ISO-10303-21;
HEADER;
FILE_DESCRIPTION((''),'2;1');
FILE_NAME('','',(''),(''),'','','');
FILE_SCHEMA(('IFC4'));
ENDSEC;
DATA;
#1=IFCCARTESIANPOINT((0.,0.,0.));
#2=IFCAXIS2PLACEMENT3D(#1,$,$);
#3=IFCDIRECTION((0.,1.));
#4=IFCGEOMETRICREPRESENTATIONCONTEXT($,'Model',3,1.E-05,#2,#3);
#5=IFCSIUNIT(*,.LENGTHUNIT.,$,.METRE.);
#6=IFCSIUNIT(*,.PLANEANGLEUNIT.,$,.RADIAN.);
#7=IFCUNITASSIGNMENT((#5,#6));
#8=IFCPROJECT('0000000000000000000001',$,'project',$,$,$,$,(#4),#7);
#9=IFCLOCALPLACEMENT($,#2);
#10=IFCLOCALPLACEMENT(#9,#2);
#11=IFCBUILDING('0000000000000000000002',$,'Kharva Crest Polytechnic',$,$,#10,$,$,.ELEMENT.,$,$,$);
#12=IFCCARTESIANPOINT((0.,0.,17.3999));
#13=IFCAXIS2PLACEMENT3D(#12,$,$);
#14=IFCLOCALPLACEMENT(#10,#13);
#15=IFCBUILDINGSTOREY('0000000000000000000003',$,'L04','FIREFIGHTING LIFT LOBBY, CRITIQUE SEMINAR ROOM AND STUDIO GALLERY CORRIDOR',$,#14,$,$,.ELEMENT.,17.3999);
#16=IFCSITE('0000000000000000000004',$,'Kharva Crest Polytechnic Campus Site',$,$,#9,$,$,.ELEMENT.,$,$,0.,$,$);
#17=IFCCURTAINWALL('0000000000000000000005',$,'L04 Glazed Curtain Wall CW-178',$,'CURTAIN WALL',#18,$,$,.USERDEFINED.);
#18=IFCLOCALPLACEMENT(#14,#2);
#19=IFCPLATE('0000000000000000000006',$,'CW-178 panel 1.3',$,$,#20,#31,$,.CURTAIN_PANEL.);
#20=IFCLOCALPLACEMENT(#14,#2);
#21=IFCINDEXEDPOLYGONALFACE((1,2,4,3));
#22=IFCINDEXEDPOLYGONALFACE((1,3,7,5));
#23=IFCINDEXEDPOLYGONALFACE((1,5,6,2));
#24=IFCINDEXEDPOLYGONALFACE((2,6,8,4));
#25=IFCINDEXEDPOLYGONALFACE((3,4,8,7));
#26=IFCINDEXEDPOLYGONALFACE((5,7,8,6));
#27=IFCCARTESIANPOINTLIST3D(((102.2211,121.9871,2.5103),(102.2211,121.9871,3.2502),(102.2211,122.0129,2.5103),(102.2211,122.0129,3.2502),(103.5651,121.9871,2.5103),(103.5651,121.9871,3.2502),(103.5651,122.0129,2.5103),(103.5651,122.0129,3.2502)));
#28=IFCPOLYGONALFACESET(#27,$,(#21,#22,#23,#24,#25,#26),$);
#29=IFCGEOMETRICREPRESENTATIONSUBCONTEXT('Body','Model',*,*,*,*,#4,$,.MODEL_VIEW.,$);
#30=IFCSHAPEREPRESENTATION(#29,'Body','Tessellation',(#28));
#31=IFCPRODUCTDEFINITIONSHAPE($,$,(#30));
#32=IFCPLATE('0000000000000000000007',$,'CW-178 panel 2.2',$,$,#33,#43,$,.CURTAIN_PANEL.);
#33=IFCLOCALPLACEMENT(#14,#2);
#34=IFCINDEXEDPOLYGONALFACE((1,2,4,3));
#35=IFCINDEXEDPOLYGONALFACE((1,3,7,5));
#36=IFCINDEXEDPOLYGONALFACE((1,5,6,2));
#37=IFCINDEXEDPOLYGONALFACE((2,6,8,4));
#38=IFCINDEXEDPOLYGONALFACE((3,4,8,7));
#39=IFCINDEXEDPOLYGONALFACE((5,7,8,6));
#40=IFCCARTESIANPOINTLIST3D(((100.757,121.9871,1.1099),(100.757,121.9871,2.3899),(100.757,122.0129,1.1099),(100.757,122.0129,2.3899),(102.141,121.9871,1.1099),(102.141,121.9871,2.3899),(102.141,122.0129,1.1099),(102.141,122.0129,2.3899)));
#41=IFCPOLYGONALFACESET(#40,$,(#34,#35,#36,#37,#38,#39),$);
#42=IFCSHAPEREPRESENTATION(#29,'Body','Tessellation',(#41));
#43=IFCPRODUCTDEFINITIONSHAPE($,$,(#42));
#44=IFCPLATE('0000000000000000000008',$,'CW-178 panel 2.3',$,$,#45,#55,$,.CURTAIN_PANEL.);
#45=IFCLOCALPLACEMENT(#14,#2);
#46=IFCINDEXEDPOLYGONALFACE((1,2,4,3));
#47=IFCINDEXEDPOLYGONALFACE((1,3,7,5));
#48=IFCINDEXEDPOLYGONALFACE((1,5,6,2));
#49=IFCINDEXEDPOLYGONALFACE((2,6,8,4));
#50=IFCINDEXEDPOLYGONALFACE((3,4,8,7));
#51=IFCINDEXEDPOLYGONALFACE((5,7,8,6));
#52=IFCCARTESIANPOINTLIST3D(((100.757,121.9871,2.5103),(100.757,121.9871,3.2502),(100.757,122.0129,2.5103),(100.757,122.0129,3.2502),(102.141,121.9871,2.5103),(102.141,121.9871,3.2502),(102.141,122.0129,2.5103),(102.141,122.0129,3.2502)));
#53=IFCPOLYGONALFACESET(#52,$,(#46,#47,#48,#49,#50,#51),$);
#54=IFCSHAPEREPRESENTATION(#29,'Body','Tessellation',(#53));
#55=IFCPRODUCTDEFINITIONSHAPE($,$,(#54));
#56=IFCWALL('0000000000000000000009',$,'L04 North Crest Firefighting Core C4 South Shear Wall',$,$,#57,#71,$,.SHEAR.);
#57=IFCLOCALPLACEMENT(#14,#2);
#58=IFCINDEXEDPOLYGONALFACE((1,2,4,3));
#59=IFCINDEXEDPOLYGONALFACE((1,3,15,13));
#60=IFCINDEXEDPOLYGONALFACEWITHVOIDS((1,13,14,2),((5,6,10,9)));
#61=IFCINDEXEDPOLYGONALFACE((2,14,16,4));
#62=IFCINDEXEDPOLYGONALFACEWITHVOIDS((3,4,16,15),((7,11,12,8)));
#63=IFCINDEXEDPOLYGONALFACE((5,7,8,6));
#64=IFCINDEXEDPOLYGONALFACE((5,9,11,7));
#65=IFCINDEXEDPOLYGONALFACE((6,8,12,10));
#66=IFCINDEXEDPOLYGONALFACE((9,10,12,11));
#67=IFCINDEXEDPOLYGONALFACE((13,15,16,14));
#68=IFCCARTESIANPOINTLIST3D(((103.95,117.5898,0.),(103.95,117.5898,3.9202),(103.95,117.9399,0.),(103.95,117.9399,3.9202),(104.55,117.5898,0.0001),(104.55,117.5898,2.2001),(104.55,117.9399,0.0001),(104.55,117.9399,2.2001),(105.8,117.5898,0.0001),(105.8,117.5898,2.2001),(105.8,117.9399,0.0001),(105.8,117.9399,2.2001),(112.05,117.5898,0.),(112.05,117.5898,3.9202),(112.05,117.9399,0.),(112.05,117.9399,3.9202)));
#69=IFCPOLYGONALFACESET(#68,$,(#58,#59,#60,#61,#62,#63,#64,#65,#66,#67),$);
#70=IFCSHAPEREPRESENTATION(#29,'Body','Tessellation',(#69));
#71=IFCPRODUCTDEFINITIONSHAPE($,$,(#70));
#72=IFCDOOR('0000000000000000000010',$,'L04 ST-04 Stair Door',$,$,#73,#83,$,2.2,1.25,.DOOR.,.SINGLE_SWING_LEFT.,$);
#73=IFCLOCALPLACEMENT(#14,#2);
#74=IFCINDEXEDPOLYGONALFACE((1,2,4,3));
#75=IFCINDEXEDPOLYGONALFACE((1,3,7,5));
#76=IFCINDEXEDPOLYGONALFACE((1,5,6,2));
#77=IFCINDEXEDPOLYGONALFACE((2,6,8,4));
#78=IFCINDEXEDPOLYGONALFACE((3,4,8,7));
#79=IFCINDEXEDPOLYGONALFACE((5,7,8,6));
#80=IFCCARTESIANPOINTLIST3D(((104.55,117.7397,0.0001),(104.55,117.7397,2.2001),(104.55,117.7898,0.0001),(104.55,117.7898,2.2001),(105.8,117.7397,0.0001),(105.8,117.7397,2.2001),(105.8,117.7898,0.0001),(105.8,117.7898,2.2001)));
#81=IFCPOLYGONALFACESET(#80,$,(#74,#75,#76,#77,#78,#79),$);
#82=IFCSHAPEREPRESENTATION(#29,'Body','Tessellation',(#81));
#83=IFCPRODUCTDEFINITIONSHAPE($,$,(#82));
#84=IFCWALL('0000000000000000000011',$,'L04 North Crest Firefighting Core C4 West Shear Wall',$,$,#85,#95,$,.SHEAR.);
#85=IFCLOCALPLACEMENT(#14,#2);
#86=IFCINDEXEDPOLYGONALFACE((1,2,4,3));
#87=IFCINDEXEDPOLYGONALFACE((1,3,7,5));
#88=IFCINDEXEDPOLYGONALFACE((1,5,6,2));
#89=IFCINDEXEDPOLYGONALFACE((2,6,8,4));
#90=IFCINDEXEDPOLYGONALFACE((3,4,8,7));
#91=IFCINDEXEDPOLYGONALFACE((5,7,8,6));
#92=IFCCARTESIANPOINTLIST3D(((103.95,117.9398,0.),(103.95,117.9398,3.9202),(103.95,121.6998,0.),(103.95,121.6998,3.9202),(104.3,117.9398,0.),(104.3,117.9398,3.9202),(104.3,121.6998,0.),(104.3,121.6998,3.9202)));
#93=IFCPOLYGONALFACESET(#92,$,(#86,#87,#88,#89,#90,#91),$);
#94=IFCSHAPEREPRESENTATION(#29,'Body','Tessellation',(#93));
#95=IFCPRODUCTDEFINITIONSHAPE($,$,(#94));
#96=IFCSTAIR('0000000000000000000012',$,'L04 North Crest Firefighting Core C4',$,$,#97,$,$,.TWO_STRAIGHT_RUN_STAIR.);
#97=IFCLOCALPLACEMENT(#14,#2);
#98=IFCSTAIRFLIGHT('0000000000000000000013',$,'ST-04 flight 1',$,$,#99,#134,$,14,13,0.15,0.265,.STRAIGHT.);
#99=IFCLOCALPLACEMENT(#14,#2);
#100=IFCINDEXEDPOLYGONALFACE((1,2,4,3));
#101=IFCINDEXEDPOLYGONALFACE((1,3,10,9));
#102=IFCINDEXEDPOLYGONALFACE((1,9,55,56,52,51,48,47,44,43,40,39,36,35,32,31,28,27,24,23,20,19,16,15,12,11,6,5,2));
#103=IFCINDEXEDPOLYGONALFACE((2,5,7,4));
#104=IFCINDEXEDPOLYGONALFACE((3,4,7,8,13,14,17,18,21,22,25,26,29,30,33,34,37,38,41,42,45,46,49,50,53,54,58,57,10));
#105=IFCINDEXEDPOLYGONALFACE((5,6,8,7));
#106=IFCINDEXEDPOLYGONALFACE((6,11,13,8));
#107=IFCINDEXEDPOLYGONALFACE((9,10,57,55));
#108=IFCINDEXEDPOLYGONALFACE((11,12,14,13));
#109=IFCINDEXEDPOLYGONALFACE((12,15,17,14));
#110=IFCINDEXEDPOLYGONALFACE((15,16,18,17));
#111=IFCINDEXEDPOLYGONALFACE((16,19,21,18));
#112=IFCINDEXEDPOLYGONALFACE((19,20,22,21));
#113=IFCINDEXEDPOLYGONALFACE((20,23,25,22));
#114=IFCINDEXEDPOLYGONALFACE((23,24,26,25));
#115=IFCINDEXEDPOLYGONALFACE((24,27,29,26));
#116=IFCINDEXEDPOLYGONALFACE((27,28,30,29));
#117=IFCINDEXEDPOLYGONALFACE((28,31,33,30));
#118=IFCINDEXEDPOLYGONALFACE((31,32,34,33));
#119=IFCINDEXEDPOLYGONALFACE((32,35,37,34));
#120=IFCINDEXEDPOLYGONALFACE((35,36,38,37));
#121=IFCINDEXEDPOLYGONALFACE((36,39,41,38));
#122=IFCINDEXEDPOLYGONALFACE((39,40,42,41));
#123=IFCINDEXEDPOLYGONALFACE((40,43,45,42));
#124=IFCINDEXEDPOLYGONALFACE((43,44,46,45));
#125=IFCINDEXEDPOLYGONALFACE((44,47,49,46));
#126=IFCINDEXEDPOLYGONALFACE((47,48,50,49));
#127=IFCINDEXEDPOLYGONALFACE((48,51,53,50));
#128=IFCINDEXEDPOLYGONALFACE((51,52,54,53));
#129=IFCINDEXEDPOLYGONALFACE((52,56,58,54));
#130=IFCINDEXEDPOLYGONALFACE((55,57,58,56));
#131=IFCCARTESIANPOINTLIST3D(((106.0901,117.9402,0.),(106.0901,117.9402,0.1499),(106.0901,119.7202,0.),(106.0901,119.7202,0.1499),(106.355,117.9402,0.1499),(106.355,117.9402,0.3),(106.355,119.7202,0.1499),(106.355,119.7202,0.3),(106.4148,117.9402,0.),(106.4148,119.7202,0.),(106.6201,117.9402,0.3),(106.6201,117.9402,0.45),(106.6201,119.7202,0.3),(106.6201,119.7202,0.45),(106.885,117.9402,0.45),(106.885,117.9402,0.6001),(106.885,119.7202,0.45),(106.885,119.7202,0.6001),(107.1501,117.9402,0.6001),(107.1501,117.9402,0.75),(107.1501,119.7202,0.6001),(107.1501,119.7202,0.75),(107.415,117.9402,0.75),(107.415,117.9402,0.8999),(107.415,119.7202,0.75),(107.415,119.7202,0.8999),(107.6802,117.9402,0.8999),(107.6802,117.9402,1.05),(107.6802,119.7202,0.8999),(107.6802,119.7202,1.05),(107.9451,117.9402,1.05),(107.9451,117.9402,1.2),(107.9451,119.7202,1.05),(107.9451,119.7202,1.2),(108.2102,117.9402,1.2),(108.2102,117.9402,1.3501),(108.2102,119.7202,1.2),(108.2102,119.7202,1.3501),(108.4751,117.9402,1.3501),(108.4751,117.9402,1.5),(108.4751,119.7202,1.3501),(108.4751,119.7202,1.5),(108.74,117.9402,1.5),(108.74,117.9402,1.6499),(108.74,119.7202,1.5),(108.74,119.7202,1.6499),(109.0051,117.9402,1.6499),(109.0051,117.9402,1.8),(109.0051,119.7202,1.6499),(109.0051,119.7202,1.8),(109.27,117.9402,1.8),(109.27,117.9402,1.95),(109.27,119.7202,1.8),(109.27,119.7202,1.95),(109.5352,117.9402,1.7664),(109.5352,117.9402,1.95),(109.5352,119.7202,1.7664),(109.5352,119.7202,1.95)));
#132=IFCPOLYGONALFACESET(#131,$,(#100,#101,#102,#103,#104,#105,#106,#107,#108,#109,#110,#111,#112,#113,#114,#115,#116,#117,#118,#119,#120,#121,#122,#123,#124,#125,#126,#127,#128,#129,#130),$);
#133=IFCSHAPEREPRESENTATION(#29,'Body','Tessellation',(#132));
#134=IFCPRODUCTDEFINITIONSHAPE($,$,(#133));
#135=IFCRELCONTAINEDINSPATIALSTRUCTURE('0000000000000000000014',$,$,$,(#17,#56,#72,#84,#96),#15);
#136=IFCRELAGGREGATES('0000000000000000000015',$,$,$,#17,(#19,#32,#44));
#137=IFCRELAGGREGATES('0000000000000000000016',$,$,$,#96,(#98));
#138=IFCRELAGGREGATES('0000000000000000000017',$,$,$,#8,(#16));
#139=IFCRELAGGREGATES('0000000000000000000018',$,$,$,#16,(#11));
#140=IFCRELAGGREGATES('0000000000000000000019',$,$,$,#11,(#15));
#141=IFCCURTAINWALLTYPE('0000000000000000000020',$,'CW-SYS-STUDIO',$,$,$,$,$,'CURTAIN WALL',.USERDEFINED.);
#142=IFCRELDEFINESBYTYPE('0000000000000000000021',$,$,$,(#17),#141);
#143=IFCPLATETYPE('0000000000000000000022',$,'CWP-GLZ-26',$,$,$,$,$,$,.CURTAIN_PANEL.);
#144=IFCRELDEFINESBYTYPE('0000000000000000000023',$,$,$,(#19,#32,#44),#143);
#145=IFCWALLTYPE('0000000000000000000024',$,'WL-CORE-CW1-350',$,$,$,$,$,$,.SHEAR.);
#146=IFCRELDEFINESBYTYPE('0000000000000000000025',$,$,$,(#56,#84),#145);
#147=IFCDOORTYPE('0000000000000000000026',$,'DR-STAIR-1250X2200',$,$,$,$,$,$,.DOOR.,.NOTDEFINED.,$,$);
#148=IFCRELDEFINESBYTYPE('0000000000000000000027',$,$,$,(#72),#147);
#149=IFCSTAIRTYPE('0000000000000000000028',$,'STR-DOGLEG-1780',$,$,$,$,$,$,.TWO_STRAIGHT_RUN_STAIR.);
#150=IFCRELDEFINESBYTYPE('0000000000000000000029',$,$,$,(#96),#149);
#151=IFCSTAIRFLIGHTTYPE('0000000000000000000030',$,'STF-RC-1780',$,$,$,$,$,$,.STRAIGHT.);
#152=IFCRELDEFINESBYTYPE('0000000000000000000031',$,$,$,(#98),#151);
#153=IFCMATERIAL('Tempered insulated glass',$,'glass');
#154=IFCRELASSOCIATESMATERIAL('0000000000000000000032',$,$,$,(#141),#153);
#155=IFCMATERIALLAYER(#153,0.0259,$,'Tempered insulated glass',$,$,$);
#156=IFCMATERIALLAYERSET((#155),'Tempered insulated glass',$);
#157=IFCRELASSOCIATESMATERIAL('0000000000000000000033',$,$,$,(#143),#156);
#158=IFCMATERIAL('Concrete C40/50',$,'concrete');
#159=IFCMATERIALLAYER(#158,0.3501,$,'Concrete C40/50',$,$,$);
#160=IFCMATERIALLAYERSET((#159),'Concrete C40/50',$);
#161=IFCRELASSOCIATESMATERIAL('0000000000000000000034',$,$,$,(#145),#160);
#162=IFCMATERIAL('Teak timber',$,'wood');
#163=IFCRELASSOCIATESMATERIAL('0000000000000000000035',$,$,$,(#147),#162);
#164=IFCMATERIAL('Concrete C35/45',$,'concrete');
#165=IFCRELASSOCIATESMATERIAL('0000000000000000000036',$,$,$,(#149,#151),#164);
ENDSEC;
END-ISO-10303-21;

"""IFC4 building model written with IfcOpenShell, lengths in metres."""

from ifc_helpers import new_model, si_unit, direction, frame, frame_2d, origin, origin_2d, place, context, subcontext, project, spatial, polyline, rectangle, outline, extrude, material, layer, layer_set, type_object, element, fill, aggregate, save


model = new_model("IFC4")

# Units and contexts
model_context = context("Model", 3, precision=1e-05, world=origin(), true_north=direction((0.0, 1.0)))
body_context = subcontext(model_context, "Body", "Model", "MODEL_VIEW")
ifc_project = project(units=[si_unit("LENGTHUNIT", "METRE"), si_unit("PLANEANGLEUNIT", "RADIAN")], contexts=[model_context])

# Site, building, storey
site_placement = place(None, origin())
site = spatial("IfcSite", under=ifc_project, at=site_placement, Name="Kharva Crest Polytechnic Campus Site", CompositionType="ELEMENT", RefElevation=0.0)
building_placement = place(site_placement, origin())
building = spatial("IfcBuilding", under=site, at=building_placement, Name="Kharva Crest Polytechnic", CompositionType="ELEMENT")
storey_placement = place(building_placement, frame((0.0, 0.0, 17.3999)))
storey = spatial("IfcBuildingStorey", under=building, at=storey_placement, Name="L04", Description="FIREFIGHTING LIFT LOBBY, CRITIQUE SEMINAR ROOM AND STUDIO GALLERY CORRIDOR", CompositionType="ELEMENT", Elevation=17.3999)

# Shared definitions
ifc_material_1 = material(Name="Concrete C40/50", Category="concrete")

# Shared definitions
ifc_material_2 = material(Name="Concrete C35/45", Category="concrete")

# Curtain wall, plates
ifc_material_3 = material(Name="Tempered insulated glass", Category="glass")
curtain_wall_type = type_object("IfcCurtainWallType", Name="CW-SYS-STUDIO", ElementType="CURTAIN WALL", PredefinedType="USERDEFINED", material=ifc_material_3)
curtain_wall_placement = place(storey_placement, origin())
curtain_wall = element("IfcCurtainWall", 1, at=curtain_wall_placement, inside=storey, type_object=curtain_wall_type, Name="L04 Glazed Curtain Wall CW-178", ObjectType="CURTAIN WALL", PredefinedType="USERDEFINED")
ifc_layer_1 = layer(ifc_material_3, 0.0259, Name="Tempered insulated glass")
ifc_layer_set_1 = layer_set([ifc_layer_1], Name="Tempered insulated glass")
plate_type = type_object("IfcPlateType", Name="CWP-GLZ-26", PredefinedType="CURTAIN_PANEL", material=ifc_layer_set_1)
plate_1_placement = place(storey_placement, frame((102.8931, 122.0, 2.5103), z_axis=(0.0, 0.0, 1.0), x_axis=(-1.0, 0.0, 0.0)))
plate_1 = element("IfcPlate", 2, at=plate_1_placement, type_object=plate_type, Name="CW-178 panel 1.3", PredefinedType="CURTAIN_PANEL", context=body_context, shape_type="SweptSolid", body=[
    extrude(rectangle(XDim=1.344, YDim=0.0259, at=origin_2d()), origin(), (0.0, 0.0, 1.0), 0.74),
])
plate_2_placement = place(storey_placement, frame((101.449, 122.0, 1.1099), z_axis=(0.0, 0.0, 1.0), x_axis=(-1.0, 0.0, 0.0)))
plate_2 = element("IfcPlate", 3, at=plate_2_placement, type_object=plate_type, Name="CW-178 panel 2.2", PredefinedType="CURTAIN_PANEL", context=body_context, shape_type="SweptSolid", body=[
    extrude(rectangle(XDim=1.384, YDim=0.0259, at=origin_2d()), origin(), (0.0, 0.0, 1.0), 1.28),
])
plate_3_placement = place(storey_placement, frame((101.449, 122.0, 2.5103), z_axis=(0.0, 0.0, 1.0), x_axis=(-1.0, 0.0, 0.0)))
plate_3 = element("IfcPlate", 4, at=plate_3_placement, type_object=plate_type, Name="CW-178 panel 2.3", PredefinedType="CURTAIN_PANEL", context=body_context, shape_type="SweptSolid", body=[
    extrude(rectangle(XDim=1.384, YDim=0.0259, at=origin_2d()), origin(), (0.0, 0.0, 1.0), 0.74),
])
aggregate(curtain_wall, [plate_1, plate_2, plate_3])

# Wall, opening, door
ifc_layer_2 = layer(ifc_material_1, 0.3501, Name="Concrete C40/50")
ifc_layer_set_2 = layer_set([ifc_layer_2], Name="Concrete C40/50")
wall_type = type_object("IfcWallType", Name="WL-CORE-CW1-350", PredefinedType="SHEAR", material=ifc_layer_set_2)
wall_1_placement = place(storey_placement, frame((103.95, 117.7649, 0.0), z_axis=(0.0, 0.0, 1.0), x_axis=(1.0, 0.0, 0.0)))
wall_1 = element("IfcWall", 5, at=wall_1_placement, inside=storey, type_object=wall_type, Name="L04 North Crest Firefighting Core C4 South Shear Wall", PredefinedType="SHEAR", context=body_context, shape_type="SweptSolid", body=[
    extrude(rectangle(XDim=8.1001, YDim=0.3501, at=frame_2d((4.05, 0.0))), origin(), (0.0, 0.0, 1.0), 3.9202),
])
opening_placement = place(wall_1_placement, frame((0.6001, 0.0, 0.0)))
opening = element("IfcOpeningElement", 6, at=opening_placement, cuts=wall_1, PredefinedType="OPENING", context=body_context, shape_type="SweptSolid", body=[
    extrude(rectangle(XDim=1.25, YDim=2.2, at=frame_2d((0.625, 1.1001))), frame((0.0, 0.1851, 0.0), z_axis=(0.0, -1.0, 0.0), x_axis=(1.0, 0.0, 0.0)), (0.0, 0.0, 1.0), 0.3701),
])
ifc_material_4 = material(Name="Teak timber", Category="wood")
door_type = type_object("IfcDoorType", Name="DR-STAIR-1250X2200", OperationType="NOTDEFINED", PredefinedType="DOOR", material=ifc_material_4)
door_placement = place(opening_placement, origin())
door = element("IfcDoor", 7, at=door_placement, inside=storey, type_object=door_type, Name="L04 ST-04 Stair Door", OperationType="SINGLE_SWING_LEFT", OverallHeight=2.2, OverallWidth=1.25, PredefinedType="DOOR", context=body_context, shape_type="SweptSolid", body=[
    extrude(rectangle(XDim=1.25, YDim=2.2, at=frame_2d((0.625, 1.1001))), frame((0.0, 0.0249, 0.0), z_axis=(0.0, -1.0, 0.0), x_axis=(1.0, 0.0, 0.0)), (0.0, 0.0, 1.0), 0.05),
])
fill(opening, door)

# Wall
wall_2_placement = place(storey_placement, frame((104.125, 117.9399, 0.0), z_axis=(0.0, 0.0, 1.0), x_axis=(0.0, 1.0, 0.0)))
element("IfcWall", 8, at=wall_2_placement, inside=storey, type_object=wall_type, Name="L04 North Crest Firefighting Core C4 West Shear Wall", PredefinedType="SHEAR", context=body_context, shape_type="SweptSolid", body=[
    extrude(rectangle(XDim=3.76, YDim=0.3501, at=frame_2d((1.8799, 0.0))), origin(), (0.0, 0.0, 1.0), 3.9202),
])

# Stair, stair flight
stair_type = type_object("IfcStairType", Name="STR-DOGLEG-1780", PredefinedType="TWO_STRAIGHT_RUN_STAIR", material=ifc_material_2)
stair_placement = place(storey_placement, origin())
stair = element("IfcStair", 9, at=stair_placement, inside=storey, type_object=stair_type, Name="L04 North Crest Firefighting Core C4", PredefinedType="TWO_STRAIGHT_RUN_STAIR")
stair_flight_type = type_object("IfcStairFlightType", Name="STF-RC-1780", PredefinedType="STRAIGHT", material=ifc_material_2)
stair_flight_placement = place(storey_placement, frame((106.0901, 118.8301, 0.0), z_axis=(0.0, 0.0, 1.0), x_axis=(1.0, 0.0, 0.0)))
stair_flight = element("IfcStairFlight", 10, at=stair_flight_placement, type_object=stair_flight_type, Name="ST-04 flight 1", NumberOfRisers=14, NumberOfTreads=13, PredefinedType="STRAIGHT", RiserHeight=0.15, TreadLength=0.265, context=body_context, shape_type="SweptSolid", body=[
    extrude(outline(polyline([(0.0, 0.0), (0.0, 0.1499), (0.2649, 0.1499), (0.2649, 0.3), (0.53, 0.3), (0.53, 0.45), (0.7949, 0.45), (0.7949, 0.6001), (1.0601, 0.6001), (1.0601, 0.75), (1.325, 0.75), (1.325, 0.8999), (1.5901, 0.8999), (1.5901, 1.05), (1.855, 1.05), (1.855, 1.2), (2.1201, 1.2), (2.1201, 1.3501), (2.385, 1.3501), (2.385, 1.5), (2.6499, 1.5), (2.6499, 1.6499), (2.915, 1.6499), (2.915, 1.8), (3.1799, 1.8), (3.1799, 1.95), (3.4451, 1.95), (3.4451, 2.1001), (3.4451, 1.7664), (0.3247, 0.0), (0.0, 0.0)])), frame((0.0, 0.8901, 0.0), z_axis=(0.0, -1.0, 0.0), x_axis=(1.0, 0.0, 0.0)), (0.0, 0.0, 1.0), 1.78),
])
aggregate(stair, [stair_flight])

save(model, "model.ifc")
